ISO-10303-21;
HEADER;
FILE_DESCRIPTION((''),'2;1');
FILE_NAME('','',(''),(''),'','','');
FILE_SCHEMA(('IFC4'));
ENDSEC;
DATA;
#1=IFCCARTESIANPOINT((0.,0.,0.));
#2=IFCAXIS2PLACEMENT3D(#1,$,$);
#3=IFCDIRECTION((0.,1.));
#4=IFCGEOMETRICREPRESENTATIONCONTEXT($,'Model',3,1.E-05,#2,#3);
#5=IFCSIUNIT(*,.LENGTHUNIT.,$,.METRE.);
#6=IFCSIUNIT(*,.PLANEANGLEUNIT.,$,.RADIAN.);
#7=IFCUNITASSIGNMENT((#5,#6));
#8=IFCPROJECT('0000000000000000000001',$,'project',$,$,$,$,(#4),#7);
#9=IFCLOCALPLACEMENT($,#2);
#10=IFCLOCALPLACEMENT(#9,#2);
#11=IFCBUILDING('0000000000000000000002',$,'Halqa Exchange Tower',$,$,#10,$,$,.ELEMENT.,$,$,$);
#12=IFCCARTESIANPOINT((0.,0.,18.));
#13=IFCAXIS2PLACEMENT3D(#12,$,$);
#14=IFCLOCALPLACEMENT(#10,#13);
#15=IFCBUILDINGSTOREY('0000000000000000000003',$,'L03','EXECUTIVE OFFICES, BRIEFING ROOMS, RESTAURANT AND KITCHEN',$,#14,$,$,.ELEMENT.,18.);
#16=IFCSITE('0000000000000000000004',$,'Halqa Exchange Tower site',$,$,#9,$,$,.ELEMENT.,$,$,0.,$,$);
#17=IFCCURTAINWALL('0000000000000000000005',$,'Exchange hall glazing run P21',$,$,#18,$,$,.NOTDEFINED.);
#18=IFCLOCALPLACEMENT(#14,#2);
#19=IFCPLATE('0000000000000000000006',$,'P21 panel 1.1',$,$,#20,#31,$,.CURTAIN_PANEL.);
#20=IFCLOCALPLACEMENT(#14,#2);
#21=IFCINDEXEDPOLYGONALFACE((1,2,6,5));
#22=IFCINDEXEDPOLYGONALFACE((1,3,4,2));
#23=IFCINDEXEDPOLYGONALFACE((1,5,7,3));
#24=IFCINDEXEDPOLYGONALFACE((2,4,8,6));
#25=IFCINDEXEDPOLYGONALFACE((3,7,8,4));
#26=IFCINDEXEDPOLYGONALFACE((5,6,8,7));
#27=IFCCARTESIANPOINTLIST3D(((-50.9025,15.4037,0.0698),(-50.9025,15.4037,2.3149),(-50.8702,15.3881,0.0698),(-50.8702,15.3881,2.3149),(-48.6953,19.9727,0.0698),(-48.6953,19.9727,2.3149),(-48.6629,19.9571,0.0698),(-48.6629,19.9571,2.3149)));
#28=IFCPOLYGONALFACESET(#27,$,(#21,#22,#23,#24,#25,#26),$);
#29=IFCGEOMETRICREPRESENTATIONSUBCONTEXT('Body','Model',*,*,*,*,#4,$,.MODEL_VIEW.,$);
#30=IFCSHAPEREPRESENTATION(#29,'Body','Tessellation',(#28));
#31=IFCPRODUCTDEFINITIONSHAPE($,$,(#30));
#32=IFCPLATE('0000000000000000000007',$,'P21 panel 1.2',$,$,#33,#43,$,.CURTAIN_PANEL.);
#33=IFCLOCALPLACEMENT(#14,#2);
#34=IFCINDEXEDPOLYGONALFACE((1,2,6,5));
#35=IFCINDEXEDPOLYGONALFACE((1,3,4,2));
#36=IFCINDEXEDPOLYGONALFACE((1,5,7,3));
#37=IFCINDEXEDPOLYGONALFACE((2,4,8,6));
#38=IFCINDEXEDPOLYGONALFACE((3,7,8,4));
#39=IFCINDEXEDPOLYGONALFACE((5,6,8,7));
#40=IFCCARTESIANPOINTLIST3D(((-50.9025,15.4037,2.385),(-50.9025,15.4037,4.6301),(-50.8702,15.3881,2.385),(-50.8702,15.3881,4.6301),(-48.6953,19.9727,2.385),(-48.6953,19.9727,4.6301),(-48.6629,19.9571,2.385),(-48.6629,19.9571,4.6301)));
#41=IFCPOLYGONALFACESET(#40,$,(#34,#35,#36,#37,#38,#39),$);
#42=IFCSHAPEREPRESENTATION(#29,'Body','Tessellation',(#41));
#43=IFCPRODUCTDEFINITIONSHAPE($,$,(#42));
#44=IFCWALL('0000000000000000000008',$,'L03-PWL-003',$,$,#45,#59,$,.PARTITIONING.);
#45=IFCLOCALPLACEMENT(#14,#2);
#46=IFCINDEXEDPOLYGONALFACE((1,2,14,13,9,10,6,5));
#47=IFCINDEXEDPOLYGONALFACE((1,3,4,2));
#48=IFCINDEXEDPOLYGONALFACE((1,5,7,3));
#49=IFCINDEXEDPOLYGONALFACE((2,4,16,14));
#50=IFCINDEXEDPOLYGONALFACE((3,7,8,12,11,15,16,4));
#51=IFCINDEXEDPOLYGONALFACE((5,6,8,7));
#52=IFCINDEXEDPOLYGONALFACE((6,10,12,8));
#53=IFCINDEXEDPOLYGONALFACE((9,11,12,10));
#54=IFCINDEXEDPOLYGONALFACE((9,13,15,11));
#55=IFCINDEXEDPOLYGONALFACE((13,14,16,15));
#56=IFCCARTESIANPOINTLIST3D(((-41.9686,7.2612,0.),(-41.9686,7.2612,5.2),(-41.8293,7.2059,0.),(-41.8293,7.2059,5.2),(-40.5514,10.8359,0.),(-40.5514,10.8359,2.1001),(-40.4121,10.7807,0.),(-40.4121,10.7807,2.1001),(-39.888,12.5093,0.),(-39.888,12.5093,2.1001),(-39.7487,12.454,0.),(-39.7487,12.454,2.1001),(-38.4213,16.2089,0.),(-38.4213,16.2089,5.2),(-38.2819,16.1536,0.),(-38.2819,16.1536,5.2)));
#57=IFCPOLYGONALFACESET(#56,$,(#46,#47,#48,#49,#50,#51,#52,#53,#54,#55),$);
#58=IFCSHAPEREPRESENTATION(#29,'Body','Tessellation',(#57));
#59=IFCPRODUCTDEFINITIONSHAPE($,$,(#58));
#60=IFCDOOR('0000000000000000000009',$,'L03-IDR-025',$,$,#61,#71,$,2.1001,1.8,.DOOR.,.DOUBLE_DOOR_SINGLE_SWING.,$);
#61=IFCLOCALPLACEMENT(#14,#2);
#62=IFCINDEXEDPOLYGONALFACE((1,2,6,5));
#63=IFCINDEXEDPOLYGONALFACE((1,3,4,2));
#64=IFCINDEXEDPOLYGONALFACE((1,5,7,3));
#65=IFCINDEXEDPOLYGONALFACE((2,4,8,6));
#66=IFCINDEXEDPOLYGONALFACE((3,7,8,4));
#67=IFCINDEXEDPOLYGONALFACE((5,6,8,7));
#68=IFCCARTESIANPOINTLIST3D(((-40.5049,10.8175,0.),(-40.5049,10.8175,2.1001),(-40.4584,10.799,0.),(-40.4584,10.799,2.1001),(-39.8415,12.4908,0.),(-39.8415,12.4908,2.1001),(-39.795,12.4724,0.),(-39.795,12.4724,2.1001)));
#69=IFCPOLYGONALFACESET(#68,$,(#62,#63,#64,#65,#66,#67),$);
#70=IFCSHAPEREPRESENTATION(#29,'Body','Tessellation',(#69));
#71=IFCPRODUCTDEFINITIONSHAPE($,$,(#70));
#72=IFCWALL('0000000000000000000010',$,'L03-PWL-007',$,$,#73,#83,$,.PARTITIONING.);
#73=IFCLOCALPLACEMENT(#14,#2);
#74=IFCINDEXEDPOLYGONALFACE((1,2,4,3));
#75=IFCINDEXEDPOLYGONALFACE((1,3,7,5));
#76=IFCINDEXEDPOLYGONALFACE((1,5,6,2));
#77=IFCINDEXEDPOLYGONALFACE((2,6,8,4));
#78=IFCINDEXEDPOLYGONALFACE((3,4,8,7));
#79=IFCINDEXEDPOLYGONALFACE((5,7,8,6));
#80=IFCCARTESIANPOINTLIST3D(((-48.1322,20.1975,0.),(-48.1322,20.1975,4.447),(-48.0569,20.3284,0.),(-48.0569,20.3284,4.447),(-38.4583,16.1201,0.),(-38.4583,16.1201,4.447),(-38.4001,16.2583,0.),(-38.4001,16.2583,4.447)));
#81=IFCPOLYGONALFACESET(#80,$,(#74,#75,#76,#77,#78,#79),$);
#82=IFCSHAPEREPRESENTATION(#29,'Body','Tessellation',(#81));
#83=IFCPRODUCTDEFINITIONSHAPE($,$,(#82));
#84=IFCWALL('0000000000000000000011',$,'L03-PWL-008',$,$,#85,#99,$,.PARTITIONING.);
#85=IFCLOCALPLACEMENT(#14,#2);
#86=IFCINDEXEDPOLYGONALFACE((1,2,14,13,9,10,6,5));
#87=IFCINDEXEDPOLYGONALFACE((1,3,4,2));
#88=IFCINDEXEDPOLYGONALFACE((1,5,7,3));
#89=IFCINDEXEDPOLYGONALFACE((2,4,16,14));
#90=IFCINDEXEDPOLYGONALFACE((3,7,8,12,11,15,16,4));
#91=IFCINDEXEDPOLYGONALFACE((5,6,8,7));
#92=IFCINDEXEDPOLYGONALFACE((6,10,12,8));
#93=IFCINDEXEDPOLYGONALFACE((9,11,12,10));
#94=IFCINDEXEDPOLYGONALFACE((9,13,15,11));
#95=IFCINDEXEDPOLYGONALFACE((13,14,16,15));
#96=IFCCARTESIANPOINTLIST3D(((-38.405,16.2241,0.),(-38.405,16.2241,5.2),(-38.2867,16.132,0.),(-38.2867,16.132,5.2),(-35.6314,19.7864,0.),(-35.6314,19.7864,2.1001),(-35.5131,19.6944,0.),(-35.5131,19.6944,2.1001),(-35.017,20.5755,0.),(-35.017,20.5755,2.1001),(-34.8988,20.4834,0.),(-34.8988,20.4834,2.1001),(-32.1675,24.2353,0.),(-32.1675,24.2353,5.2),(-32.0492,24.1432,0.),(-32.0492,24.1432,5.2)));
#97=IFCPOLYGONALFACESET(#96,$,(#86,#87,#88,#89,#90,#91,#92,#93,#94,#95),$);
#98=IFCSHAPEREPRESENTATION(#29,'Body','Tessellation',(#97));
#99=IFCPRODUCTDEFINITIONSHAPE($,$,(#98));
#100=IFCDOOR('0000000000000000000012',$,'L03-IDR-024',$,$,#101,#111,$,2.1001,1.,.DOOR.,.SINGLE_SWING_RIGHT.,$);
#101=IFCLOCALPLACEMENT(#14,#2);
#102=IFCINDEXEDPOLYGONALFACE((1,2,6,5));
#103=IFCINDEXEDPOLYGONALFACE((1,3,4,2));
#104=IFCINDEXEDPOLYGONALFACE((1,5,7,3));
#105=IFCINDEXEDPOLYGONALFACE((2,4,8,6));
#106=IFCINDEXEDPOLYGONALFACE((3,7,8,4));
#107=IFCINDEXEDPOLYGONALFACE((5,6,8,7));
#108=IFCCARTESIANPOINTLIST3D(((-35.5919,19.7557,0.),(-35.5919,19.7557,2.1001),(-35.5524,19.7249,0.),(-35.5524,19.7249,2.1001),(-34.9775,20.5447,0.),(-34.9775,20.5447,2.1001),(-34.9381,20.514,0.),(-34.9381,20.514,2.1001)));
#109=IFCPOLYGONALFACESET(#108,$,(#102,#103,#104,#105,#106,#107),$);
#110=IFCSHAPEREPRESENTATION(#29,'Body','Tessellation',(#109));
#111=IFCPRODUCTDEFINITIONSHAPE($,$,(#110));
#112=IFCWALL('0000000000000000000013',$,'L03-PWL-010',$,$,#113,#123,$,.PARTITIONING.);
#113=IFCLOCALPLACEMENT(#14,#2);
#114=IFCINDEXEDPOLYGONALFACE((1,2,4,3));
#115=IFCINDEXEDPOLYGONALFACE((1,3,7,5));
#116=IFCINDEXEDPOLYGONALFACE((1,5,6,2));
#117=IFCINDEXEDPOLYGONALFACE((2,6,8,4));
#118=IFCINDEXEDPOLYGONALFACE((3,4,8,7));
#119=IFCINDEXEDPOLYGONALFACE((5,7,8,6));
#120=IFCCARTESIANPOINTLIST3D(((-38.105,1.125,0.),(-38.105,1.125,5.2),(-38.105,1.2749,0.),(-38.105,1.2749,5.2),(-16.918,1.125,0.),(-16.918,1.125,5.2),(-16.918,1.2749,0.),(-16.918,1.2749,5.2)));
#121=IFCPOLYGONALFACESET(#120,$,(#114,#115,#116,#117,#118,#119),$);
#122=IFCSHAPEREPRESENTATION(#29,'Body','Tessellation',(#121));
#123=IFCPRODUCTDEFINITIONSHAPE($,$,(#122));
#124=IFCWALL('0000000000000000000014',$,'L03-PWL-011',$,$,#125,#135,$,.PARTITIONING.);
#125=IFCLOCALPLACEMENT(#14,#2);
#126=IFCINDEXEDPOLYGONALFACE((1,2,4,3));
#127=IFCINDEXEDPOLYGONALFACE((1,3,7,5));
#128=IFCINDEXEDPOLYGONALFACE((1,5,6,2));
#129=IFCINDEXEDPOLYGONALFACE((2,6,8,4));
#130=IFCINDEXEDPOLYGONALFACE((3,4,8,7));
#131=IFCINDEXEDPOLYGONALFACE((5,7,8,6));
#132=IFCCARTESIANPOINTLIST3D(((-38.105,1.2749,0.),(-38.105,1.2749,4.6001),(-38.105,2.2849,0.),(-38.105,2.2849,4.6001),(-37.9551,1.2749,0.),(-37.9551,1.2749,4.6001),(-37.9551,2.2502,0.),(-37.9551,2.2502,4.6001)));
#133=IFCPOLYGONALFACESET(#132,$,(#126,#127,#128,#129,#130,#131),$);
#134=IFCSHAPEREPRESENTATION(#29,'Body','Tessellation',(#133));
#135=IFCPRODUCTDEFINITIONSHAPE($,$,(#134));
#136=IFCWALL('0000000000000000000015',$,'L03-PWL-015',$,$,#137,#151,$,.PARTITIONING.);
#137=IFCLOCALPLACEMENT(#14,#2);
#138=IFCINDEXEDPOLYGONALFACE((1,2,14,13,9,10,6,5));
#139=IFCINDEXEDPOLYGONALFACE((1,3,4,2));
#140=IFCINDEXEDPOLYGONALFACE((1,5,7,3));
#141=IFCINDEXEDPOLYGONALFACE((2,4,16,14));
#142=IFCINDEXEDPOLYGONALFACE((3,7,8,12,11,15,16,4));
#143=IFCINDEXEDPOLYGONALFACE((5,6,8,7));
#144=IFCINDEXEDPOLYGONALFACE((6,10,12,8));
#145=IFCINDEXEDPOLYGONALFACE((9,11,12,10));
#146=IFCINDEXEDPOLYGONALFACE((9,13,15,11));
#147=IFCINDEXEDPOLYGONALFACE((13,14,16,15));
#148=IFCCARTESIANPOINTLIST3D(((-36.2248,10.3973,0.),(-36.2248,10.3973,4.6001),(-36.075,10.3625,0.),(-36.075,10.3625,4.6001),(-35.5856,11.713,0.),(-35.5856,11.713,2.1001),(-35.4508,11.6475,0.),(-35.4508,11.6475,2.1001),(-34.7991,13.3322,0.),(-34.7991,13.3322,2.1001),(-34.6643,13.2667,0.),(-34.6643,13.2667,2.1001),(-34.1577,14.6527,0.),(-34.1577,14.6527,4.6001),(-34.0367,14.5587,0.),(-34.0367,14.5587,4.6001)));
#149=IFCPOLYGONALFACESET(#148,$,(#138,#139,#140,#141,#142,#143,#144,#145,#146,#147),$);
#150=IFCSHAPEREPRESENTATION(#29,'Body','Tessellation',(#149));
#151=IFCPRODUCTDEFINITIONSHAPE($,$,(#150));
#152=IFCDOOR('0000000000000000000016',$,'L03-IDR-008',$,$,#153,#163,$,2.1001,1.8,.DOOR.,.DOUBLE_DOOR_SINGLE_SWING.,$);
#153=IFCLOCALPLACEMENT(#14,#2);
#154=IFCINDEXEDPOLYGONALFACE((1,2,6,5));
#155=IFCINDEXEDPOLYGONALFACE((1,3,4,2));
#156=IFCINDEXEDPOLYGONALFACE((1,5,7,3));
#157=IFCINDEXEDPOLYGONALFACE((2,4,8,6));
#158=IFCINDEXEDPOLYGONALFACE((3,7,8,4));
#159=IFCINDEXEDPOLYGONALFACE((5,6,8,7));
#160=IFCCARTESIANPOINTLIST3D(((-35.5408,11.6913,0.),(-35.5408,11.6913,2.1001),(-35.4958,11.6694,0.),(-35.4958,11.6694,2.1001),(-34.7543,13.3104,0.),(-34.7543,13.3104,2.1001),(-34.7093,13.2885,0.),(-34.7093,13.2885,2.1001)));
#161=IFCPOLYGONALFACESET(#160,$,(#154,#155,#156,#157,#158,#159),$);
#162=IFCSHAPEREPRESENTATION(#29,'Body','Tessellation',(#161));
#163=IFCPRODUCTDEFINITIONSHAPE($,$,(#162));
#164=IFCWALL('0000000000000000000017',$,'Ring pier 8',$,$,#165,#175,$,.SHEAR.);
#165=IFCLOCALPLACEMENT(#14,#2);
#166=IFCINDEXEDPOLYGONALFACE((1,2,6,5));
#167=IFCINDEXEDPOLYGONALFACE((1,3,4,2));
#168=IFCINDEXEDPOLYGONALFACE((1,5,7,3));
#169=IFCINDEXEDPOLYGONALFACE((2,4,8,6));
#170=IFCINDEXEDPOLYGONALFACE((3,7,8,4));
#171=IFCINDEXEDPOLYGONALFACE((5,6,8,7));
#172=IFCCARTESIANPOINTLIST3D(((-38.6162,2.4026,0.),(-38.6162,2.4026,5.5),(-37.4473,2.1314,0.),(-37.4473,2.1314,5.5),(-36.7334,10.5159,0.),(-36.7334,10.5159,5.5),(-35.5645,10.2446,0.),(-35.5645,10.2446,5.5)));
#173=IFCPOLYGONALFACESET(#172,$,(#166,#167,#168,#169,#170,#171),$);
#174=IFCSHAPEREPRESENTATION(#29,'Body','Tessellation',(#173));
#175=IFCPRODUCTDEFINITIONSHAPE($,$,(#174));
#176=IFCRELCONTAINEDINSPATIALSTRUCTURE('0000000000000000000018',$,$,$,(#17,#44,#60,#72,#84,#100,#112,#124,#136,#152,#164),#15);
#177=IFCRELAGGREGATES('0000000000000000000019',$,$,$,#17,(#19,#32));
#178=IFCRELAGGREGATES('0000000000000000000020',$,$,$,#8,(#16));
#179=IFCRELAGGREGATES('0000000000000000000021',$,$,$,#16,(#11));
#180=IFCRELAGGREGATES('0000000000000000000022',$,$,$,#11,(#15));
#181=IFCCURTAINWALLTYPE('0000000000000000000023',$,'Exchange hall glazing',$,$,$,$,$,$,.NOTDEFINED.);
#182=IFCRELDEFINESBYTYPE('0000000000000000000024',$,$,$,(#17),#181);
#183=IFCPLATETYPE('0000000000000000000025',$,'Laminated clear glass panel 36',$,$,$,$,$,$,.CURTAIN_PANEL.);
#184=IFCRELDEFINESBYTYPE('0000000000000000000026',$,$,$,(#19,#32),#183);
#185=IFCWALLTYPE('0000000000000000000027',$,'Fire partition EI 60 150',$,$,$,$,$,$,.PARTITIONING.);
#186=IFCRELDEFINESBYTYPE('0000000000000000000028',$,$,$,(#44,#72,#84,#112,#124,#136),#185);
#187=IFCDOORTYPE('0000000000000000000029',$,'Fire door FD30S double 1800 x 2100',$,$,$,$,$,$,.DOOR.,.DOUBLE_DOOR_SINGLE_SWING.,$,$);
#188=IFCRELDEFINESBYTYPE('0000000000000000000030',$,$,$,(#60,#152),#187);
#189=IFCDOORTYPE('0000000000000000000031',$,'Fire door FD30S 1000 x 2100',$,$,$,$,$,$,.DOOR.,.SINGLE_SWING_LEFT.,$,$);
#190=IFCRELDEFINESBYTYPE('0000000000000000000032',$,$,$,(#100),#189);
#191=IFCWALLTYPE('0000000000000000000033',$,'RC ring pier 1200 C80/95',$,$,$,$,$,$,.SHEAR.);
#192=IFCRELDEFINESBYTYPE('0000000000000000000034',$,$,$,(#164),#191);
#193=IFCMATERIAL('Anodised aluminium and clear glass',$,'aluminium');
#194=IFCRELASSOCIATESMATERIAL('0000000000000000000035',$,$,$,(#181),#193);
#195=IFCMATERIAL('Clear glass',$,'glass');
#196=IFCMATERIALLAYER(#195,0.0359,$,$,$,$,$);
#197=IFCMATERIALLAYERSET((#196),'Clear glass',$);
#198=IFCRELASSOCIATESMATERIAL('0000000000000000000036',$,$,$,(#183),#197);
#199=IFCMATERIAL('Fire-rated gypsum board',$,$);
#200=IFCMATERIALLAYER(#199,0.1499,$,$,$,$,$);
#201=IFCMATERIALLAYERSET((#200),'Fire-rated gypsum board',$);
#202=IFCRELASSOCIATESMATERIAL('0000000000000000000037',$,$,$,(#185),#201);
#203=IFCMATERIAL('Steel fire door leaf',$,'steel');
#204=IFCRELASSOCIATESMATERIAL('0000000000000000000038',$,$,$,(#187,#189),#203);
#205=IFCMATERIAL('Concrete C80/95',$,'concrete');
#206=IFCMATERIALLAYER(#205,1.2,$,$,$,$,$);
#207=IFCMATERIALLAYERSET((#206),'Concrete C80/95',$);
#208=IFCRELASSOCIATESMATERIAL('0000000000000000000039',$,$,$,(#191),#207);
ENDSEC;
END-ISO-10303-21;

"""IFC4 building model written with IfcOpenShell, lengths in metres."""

from ifc_helpers import new_model, si_unit, direction, frame, frame_2d, origin, origin_2d, place, context, subcontext, project, spatial, polyline, rectangle, outline, extrude, material, layer, layer_set, type_object, element, fill, aggregate, save


model = new_model("IFC4")

# Units and contexts
model_context = context("Model", 3, precision=1e-05, world=origin(), true_north=direction((0.0, 1.0)))
body_context = subcontext(model_context, "Body", "Model", "MODEL_VIEW")
ifc_project = project(units=[si_unit("LENGTHUNIT", "METRE"), si_unit("PLANEANGLEUNIT", "RADIAN")], contexts=[model_context])

# Site, building, storey
site_placement = place(None, origin())
site = spatial("IfcSite", under=ifc_project, at=site_placement, Name="Halqa Exchange Tower site", CompositionType="ELEMENT", RefElevation=0.0)
building_placement = place(site_placement, origin())
building = spatial("IfcBuilding", under=site, at=building_placement, Name="Halqa Exchange Tower", CompositionType="ELEMENT")
storey_placement = place(building_placement, frame((0.0, 0.0, 18.0)))
storey = spatial("IfcBuildingStorey", under=building, at=storey_placement, Name="L03", Description="EXECUTIVE OFFICES, BRIEFING ROOMS, RESTAURANT AND KITCHEN", CompositionType="ELEMENT", Elevation=18.0)

# Curtain wall
ifc_material_1 = material(Name="Anodised aluminium and clear glass", Category="aluminium")
curtain_wall_type = type_object("IfcCurtainWallType", Name="Exchange hall glazing", PredefinedType="NOTDEFINED", material=ifc_material_1)
curtain_wall_placement = place(storey_placement, origin())
curtain_wall = element("IfcCurtainWall", 1, at=curtain_wall_placement, inside=storey, type_object=curtain_wall_type, Name="Exchange hall glazing run P21", PredefinedType="NOTDEFINED")

# Plates
ifc_material_2 = material(Name="Clear glass", Category="glass")
ifc_layer_1 = layer(ifc_material_2, 0.0359)
ifc_layer_set_1 = layer_set([ifc_layer_1], Name="Clear glass")
plate_type = type_object("IfcPlateType", Name="Laminated clear glass panel 36", PredefinedType="CURTAIN_PANEL", material=ifc_layer_set_1)
plate_1_placement = place(storey_placement, frame((-49.7827, 17.6804, 0.0698), z_axis=(0.0, 0.0, 1.0), x_axis=(-0.43499, -0.900435, 0.0)))
plate_1 = element("IfcPlate", 2, at=plate_1_placement, type_object=plate_type, Name="P21 panel 1.1", PredefinedType="CURTAIN_PANEL", context=body_context, shape_type="SweptSolid", body=[
    extrude(rectangle(XDim=5.0742, YDim=0.0359, at=origin_2d()), origin(), (0.0, 0.0, 1.0), 2.2451),
])
plate_2_placement = place(storey_placement, frame((-49.7827, 17.6804, 2.385), z_axis=(0.0, 0.0, 1.0), x_axis=(-0.43499, -0.900435, 0.0)))
plate_2 = element("IfcPlate", 3, at=plate_2_placement, type_object=plate_type, Name="P21 panel 1.2", PredefinedType="CURTAIN_PANEL", context=body_context, shape_type="SweptSolid", body=[
    extrude(rectangle(XDim=5.0742, YDim=0.0359, at=origin_2d()), origin(), (0.0, 0.0, 1.0), 2.2451),
])
aggregate(curtain_wall, [plate_1, plate_2])

# Wall, opening, door
ifc_material_3 = material(Name="Fire-rated gypsum board")
ifc_layer_2 = layer(ifc_material_3, 0.1499)
ifc_layer_set_2 = layer_set([ifc_layer_2], Name="Fire-rated gypsum board")
wall_type_1 = type_object("IfcWallType", Name="Fire partition EI 60 150", PredefinedType="PARTITIONING", material=ifc_layer_set_2)
wall_1_placement = place(storey_placement, frame((-41.8989, 7.2336, 0.0), z_axis=(0.0, 0.0, 1.0), x_axis=(0.368546, 0.929609, 0.0)))
wall_1 = element("IfcWall", 4, at=wall_1_placement, inside=storey, type_object=wall_type_1, Name="L03-PWL-003", PredefinedType="PARTITIONING", context=body_context, shape_type="SweptSolid", body=[
    extrude(rectangle(XDim=9.6252, YDim=0.1499, at=frame_2d((4.8125, 0.0))), origin(), (0.0, 0.0, 1.0), 5.2),
])
opening_1_placement = place(wall_1_placement, frame((3.8455, 0.0, 0.0)))
opening_1 = element("IfcOpeningElement", 5, at=opening_1_placement, cuts=wall_1, PredefinedType="OPENING", context=body_context, shape_type="SweptSolid", body=[
    extrude(rectangle(XDim=1.8, YDim=2.1001, at=frame_2d((0.8999, 1.05))), frame((0.0, 0.0869, 0.0), z_axis=(0.0, -1.0, 0.0), x_axis=(1.0, 0.0, 0.0)), (0.0, 0.0, 1.0), 0.1738),
])
ifc_material_4 = material(Name="Steel fire door leaf", Category="steel")
door_type_1 = type_object("IfcDoorType", Name="Fire door FD30S double 1800 x 2100", OperationType="DOUBLE_DOOR_SINGLE_SWING", PredefinedType="DOOR", material=ifc_material_4)
door_1_placement = place(opening_1_placement, origin())
door_1 = element("IfcDoor", 6, at=door_1_placement, inside=storey, type_object=door_type_1, Name="L03-IDR-025", OperationType="DOUBLE_DOOR_SINGLE_SWING", OverallHeight=2.1001, OverallWidth=1.8, PredefinedType="DOOR", context=body_context, shape_type="SweptSolid", body=[
    extrude(rectangle(XDim=1.8, YDim=2.1001, at=frame_2d((0.8999, 1.05))), frame((0.0, 0.0249, 0.0), z_axis=(0.0, -1.0, 0.0), x_axis=(1.0, 0.0, 0.0)), (0.0, 0.0, 1.0), 0.05),
])
fill(opening_1, door_1)

# Wall
wall_2_placement = place(storey_placement, frame((-38.4292, 16.1892, 0.0), z_axis=(0.0, 0.0, 1.0), x_axis=(-0.921494, 0.388392, 0.0)))
element("IfcWall", 7, at=wall_2_placement, inside=storey, type_object=wall_type_1, Name="L03-PWL-007", PredefinedType="PARTITIONING", context=body_context, shape_type="SweptSolid", body=[
    extrude(outline(polyline([(0.0, -0.075), (10.4795, -0.075), (10.498, 0.075), (0.0, 0.075), (0.0, -0.075)])), origin(), (0.0, 0.0, 1.0), 4.447),
])

# Wall, opening, door
wall_3_placement = place(storey_placement, frame((-38.3459, 16.178, 0.0), z_axis=(0.0, 0.0, 1.0), x_axis=(0.614345, 0.789037, 0.0)))
wall_3 = element("IfcWall", 8, at=wall_3_placement, inside=storey, type_object=wall_type_1, Name="L03-PWL-008", PredefinedType="PARTITIONING", context=body_context, shape_type="SweptSolid", body=[
    extrude(rectangle(XDim=10.1531, YDim=0.1499, at=frame_2d((5.0767, 0.0))), origin(), (0.0, 0.0, 1.0), 5.2),
])
opening_2_placement = place(wall_3_placement, frame((4.5149, 0.0, 0.0)))
opening_2 = element("IfcOpeningElement", 9, at=opening_2_placement, cuts=wall_3, PredefinedType="OPENING", context=body_context, shape_type="SweptSolid", body=[
    extrude(rectangle(XDim=1.0, YDim=2.1001, at=frame_2d((0.5, 1.05))), frame((0.0, 0.0869, 0.0), z_axis=(0.0, -1.0, 0.0), x_axis=(1.0, 0.0, 0.0)), (0.0, 0.0, 1.0), 0.1738),
])
door_type_2 = type_object("IfcDoorType", Name="Fire door FD30S 1000 x 2100", OperationType="SINGLE_SWING_LEFT", PredefinedType="DOOR", material=ifc_material_4)
door_2_placement = place(opening_2_placement, origin())
door_2 = element("IfcDoor", 10, at=door_2_placement, inside=storey, type_object=door_type_2, Name="L03-IDR-024", OperationType="SINGLE_SWING_RIGHT", OverallHeight=2.1001, OverallWidth=1.0, PredefinedType="DOOR", context=body_context, shape_type="SweptSolid", body=[
    extrude(rectangle(XDim=1.0, YDim=2.1001, at=frame_2d((0.5, 1.05))), frame((0.0, 0.0249, 0.0), z_axis=(0.0, -1.0, 0.0), x_axis=(1.0, 0.0, 0.0)), (0.0, 0.0, 1.0), 0.05),
])
fill(opening_2, door_2)

# Walls
wall_4_placement = place(storey_placement, frame((-38.105, 1.2, 0.0), z_axis=(0.0, 0.0, 1.0), x_axis=(1.0, 0.0, 0.0)))
element("IfcWall", 11, at=wall_4_placement, inside=storey, type_object=wall_type_1, Name="L03-PWL-010", PredefinedType="PARTITIONING", context=body_context, shape_type="SweptSolid", body=[
    extrude(rectangle(XDim=21.187, YDim=0.1499, at=frame_2d((10.5935, 0.0))), origin(), (0.0, 0.0, 1.0), 5.2),
])
wall_5_placement = place(storey_placement, frame((-38.03, 2.2676, 0.0), z_axis=(0.0, 0.0, 1.0), x_axis=(0.0, -1.0, 0.0)))
element("IfcWall", 12, at=wall_5_placement, inside=storey, type_object=wall_type_1, Name="L03-PWL-011", PredefinedType="PARTITIONING", context=body_context, shape_type="SweptSolid", body=[
    extrude(outline(polyline([(-0.0173, -0.075), (0.9927, -0.075), (0.9927, 0.075), (0.0173, 0.075), (-0.0173, -0.075)])), origin(), (0.0, 0.0, 1.0), 4.6001),
])

# Wall, opening, door
wall_6_placement = place(storey_placement, frame((-34.0972, 14.6057, 0.0), z_axis=(0.0, 0.0, 1.0), x_axis=(-0.436936, -0.899492, 0.0)))
wall_6 = element("IfcWall", 13, at=wall_6_placement, inside=storey, type_object=wall_type_1, Name="L03-PWL-015", PredefinedType="PARTITIONING", context=body_context, shape_type="SweptSolid", body=[
    extrude(outline(polyline([(-0.0159, -0.075), (4.7151, -0.075), (4.6809, 0.075), (0.0159, 0.075), (-0.0159, -0.075)])), origin(), (0.0, 0.0, 1.0), 4.6001),
])
opening_3_placement = place(wall_6_placement, frame((1.4524, 0.0, 0.0)))
opening_3 = element("IfcOpeningElement", 14, at=opening_3_placement, cuts=wall_6, PredefinedType="OPENING", context=body_context, shape_type="SweptSolid", body=[
    extrude(rectangle(XDim=1.8, YDim=2.1001, at=frame_2d((0.8999, 1.05))), frame((0.0, 0.0869, 0.0), z_axis=(0.0, -1.0, 0.0), x_axis=(1.0, 0.0, 0.0)), (0.0, 0.0, 1.0), 0.1738),
])
door_3_placement = place(opening_3_placement, origin())
door_3 = element("IfcDoor", 15, at=door_3_placement, inside=storey, type_object=door_type_1, Name="L03-IDR-008", OperationType="DOUBLE_DOOR_SINGLE_SWING", OverallHeight=2.1001, OverallWidth=1.8, PredefinedType="DOOR", context=body_context, shape_type="SweptSolid", body=[
    extrude(rectangle(XDim=1.8, YDim=2.1001, at=frame_2d((0.8999, 1.05))), frame((0.0, 0.0249, 0.0), z_axis=(0.0, -1.0, 0.0), x_axis=(1.0, 0.0, 0.0)), (0.0, 0.0, 1.0), 0.05),
])
fill(opening_3, door_3)

# Wall
ifc_material_5 = material(Name="Concrete C80/95", Category="concrete")
ifc_layer_3 = layer(ifc_material_5, 1.2)
ifc_layer_set_3 = layer_set([ifc_layer_3], Name="Concrete C80/95")
wall_type_2 = type_object("IfcWallType", Name="RC ring pier 1200 C80/95", PredefinedType="SHEAR", material=ifc_layer_set_3)
wall_7_placement = place(storey_placement, frame((-36.1489, 10.3804, 0.0), z_axis=(0.0, 0.0, 1.0), x_axis=(-0.226058, -0.974114, 0.0)))
element("IfcWall", 16, at=wall_7_placement, inside=storey, type_object=wall_type_2, Name="Ring pier 8", PredefinedType="SHEAR", context=body_context, shape_type="SweptSolid", body=[
    extrude(rectangle(XDim=8.3289, YDim=1.2, at=frame_2d((4.1646, 0.0))), origin(), (0.0, 0.0, 1.0), 5.5),
])

save(model, "model.ifc")
